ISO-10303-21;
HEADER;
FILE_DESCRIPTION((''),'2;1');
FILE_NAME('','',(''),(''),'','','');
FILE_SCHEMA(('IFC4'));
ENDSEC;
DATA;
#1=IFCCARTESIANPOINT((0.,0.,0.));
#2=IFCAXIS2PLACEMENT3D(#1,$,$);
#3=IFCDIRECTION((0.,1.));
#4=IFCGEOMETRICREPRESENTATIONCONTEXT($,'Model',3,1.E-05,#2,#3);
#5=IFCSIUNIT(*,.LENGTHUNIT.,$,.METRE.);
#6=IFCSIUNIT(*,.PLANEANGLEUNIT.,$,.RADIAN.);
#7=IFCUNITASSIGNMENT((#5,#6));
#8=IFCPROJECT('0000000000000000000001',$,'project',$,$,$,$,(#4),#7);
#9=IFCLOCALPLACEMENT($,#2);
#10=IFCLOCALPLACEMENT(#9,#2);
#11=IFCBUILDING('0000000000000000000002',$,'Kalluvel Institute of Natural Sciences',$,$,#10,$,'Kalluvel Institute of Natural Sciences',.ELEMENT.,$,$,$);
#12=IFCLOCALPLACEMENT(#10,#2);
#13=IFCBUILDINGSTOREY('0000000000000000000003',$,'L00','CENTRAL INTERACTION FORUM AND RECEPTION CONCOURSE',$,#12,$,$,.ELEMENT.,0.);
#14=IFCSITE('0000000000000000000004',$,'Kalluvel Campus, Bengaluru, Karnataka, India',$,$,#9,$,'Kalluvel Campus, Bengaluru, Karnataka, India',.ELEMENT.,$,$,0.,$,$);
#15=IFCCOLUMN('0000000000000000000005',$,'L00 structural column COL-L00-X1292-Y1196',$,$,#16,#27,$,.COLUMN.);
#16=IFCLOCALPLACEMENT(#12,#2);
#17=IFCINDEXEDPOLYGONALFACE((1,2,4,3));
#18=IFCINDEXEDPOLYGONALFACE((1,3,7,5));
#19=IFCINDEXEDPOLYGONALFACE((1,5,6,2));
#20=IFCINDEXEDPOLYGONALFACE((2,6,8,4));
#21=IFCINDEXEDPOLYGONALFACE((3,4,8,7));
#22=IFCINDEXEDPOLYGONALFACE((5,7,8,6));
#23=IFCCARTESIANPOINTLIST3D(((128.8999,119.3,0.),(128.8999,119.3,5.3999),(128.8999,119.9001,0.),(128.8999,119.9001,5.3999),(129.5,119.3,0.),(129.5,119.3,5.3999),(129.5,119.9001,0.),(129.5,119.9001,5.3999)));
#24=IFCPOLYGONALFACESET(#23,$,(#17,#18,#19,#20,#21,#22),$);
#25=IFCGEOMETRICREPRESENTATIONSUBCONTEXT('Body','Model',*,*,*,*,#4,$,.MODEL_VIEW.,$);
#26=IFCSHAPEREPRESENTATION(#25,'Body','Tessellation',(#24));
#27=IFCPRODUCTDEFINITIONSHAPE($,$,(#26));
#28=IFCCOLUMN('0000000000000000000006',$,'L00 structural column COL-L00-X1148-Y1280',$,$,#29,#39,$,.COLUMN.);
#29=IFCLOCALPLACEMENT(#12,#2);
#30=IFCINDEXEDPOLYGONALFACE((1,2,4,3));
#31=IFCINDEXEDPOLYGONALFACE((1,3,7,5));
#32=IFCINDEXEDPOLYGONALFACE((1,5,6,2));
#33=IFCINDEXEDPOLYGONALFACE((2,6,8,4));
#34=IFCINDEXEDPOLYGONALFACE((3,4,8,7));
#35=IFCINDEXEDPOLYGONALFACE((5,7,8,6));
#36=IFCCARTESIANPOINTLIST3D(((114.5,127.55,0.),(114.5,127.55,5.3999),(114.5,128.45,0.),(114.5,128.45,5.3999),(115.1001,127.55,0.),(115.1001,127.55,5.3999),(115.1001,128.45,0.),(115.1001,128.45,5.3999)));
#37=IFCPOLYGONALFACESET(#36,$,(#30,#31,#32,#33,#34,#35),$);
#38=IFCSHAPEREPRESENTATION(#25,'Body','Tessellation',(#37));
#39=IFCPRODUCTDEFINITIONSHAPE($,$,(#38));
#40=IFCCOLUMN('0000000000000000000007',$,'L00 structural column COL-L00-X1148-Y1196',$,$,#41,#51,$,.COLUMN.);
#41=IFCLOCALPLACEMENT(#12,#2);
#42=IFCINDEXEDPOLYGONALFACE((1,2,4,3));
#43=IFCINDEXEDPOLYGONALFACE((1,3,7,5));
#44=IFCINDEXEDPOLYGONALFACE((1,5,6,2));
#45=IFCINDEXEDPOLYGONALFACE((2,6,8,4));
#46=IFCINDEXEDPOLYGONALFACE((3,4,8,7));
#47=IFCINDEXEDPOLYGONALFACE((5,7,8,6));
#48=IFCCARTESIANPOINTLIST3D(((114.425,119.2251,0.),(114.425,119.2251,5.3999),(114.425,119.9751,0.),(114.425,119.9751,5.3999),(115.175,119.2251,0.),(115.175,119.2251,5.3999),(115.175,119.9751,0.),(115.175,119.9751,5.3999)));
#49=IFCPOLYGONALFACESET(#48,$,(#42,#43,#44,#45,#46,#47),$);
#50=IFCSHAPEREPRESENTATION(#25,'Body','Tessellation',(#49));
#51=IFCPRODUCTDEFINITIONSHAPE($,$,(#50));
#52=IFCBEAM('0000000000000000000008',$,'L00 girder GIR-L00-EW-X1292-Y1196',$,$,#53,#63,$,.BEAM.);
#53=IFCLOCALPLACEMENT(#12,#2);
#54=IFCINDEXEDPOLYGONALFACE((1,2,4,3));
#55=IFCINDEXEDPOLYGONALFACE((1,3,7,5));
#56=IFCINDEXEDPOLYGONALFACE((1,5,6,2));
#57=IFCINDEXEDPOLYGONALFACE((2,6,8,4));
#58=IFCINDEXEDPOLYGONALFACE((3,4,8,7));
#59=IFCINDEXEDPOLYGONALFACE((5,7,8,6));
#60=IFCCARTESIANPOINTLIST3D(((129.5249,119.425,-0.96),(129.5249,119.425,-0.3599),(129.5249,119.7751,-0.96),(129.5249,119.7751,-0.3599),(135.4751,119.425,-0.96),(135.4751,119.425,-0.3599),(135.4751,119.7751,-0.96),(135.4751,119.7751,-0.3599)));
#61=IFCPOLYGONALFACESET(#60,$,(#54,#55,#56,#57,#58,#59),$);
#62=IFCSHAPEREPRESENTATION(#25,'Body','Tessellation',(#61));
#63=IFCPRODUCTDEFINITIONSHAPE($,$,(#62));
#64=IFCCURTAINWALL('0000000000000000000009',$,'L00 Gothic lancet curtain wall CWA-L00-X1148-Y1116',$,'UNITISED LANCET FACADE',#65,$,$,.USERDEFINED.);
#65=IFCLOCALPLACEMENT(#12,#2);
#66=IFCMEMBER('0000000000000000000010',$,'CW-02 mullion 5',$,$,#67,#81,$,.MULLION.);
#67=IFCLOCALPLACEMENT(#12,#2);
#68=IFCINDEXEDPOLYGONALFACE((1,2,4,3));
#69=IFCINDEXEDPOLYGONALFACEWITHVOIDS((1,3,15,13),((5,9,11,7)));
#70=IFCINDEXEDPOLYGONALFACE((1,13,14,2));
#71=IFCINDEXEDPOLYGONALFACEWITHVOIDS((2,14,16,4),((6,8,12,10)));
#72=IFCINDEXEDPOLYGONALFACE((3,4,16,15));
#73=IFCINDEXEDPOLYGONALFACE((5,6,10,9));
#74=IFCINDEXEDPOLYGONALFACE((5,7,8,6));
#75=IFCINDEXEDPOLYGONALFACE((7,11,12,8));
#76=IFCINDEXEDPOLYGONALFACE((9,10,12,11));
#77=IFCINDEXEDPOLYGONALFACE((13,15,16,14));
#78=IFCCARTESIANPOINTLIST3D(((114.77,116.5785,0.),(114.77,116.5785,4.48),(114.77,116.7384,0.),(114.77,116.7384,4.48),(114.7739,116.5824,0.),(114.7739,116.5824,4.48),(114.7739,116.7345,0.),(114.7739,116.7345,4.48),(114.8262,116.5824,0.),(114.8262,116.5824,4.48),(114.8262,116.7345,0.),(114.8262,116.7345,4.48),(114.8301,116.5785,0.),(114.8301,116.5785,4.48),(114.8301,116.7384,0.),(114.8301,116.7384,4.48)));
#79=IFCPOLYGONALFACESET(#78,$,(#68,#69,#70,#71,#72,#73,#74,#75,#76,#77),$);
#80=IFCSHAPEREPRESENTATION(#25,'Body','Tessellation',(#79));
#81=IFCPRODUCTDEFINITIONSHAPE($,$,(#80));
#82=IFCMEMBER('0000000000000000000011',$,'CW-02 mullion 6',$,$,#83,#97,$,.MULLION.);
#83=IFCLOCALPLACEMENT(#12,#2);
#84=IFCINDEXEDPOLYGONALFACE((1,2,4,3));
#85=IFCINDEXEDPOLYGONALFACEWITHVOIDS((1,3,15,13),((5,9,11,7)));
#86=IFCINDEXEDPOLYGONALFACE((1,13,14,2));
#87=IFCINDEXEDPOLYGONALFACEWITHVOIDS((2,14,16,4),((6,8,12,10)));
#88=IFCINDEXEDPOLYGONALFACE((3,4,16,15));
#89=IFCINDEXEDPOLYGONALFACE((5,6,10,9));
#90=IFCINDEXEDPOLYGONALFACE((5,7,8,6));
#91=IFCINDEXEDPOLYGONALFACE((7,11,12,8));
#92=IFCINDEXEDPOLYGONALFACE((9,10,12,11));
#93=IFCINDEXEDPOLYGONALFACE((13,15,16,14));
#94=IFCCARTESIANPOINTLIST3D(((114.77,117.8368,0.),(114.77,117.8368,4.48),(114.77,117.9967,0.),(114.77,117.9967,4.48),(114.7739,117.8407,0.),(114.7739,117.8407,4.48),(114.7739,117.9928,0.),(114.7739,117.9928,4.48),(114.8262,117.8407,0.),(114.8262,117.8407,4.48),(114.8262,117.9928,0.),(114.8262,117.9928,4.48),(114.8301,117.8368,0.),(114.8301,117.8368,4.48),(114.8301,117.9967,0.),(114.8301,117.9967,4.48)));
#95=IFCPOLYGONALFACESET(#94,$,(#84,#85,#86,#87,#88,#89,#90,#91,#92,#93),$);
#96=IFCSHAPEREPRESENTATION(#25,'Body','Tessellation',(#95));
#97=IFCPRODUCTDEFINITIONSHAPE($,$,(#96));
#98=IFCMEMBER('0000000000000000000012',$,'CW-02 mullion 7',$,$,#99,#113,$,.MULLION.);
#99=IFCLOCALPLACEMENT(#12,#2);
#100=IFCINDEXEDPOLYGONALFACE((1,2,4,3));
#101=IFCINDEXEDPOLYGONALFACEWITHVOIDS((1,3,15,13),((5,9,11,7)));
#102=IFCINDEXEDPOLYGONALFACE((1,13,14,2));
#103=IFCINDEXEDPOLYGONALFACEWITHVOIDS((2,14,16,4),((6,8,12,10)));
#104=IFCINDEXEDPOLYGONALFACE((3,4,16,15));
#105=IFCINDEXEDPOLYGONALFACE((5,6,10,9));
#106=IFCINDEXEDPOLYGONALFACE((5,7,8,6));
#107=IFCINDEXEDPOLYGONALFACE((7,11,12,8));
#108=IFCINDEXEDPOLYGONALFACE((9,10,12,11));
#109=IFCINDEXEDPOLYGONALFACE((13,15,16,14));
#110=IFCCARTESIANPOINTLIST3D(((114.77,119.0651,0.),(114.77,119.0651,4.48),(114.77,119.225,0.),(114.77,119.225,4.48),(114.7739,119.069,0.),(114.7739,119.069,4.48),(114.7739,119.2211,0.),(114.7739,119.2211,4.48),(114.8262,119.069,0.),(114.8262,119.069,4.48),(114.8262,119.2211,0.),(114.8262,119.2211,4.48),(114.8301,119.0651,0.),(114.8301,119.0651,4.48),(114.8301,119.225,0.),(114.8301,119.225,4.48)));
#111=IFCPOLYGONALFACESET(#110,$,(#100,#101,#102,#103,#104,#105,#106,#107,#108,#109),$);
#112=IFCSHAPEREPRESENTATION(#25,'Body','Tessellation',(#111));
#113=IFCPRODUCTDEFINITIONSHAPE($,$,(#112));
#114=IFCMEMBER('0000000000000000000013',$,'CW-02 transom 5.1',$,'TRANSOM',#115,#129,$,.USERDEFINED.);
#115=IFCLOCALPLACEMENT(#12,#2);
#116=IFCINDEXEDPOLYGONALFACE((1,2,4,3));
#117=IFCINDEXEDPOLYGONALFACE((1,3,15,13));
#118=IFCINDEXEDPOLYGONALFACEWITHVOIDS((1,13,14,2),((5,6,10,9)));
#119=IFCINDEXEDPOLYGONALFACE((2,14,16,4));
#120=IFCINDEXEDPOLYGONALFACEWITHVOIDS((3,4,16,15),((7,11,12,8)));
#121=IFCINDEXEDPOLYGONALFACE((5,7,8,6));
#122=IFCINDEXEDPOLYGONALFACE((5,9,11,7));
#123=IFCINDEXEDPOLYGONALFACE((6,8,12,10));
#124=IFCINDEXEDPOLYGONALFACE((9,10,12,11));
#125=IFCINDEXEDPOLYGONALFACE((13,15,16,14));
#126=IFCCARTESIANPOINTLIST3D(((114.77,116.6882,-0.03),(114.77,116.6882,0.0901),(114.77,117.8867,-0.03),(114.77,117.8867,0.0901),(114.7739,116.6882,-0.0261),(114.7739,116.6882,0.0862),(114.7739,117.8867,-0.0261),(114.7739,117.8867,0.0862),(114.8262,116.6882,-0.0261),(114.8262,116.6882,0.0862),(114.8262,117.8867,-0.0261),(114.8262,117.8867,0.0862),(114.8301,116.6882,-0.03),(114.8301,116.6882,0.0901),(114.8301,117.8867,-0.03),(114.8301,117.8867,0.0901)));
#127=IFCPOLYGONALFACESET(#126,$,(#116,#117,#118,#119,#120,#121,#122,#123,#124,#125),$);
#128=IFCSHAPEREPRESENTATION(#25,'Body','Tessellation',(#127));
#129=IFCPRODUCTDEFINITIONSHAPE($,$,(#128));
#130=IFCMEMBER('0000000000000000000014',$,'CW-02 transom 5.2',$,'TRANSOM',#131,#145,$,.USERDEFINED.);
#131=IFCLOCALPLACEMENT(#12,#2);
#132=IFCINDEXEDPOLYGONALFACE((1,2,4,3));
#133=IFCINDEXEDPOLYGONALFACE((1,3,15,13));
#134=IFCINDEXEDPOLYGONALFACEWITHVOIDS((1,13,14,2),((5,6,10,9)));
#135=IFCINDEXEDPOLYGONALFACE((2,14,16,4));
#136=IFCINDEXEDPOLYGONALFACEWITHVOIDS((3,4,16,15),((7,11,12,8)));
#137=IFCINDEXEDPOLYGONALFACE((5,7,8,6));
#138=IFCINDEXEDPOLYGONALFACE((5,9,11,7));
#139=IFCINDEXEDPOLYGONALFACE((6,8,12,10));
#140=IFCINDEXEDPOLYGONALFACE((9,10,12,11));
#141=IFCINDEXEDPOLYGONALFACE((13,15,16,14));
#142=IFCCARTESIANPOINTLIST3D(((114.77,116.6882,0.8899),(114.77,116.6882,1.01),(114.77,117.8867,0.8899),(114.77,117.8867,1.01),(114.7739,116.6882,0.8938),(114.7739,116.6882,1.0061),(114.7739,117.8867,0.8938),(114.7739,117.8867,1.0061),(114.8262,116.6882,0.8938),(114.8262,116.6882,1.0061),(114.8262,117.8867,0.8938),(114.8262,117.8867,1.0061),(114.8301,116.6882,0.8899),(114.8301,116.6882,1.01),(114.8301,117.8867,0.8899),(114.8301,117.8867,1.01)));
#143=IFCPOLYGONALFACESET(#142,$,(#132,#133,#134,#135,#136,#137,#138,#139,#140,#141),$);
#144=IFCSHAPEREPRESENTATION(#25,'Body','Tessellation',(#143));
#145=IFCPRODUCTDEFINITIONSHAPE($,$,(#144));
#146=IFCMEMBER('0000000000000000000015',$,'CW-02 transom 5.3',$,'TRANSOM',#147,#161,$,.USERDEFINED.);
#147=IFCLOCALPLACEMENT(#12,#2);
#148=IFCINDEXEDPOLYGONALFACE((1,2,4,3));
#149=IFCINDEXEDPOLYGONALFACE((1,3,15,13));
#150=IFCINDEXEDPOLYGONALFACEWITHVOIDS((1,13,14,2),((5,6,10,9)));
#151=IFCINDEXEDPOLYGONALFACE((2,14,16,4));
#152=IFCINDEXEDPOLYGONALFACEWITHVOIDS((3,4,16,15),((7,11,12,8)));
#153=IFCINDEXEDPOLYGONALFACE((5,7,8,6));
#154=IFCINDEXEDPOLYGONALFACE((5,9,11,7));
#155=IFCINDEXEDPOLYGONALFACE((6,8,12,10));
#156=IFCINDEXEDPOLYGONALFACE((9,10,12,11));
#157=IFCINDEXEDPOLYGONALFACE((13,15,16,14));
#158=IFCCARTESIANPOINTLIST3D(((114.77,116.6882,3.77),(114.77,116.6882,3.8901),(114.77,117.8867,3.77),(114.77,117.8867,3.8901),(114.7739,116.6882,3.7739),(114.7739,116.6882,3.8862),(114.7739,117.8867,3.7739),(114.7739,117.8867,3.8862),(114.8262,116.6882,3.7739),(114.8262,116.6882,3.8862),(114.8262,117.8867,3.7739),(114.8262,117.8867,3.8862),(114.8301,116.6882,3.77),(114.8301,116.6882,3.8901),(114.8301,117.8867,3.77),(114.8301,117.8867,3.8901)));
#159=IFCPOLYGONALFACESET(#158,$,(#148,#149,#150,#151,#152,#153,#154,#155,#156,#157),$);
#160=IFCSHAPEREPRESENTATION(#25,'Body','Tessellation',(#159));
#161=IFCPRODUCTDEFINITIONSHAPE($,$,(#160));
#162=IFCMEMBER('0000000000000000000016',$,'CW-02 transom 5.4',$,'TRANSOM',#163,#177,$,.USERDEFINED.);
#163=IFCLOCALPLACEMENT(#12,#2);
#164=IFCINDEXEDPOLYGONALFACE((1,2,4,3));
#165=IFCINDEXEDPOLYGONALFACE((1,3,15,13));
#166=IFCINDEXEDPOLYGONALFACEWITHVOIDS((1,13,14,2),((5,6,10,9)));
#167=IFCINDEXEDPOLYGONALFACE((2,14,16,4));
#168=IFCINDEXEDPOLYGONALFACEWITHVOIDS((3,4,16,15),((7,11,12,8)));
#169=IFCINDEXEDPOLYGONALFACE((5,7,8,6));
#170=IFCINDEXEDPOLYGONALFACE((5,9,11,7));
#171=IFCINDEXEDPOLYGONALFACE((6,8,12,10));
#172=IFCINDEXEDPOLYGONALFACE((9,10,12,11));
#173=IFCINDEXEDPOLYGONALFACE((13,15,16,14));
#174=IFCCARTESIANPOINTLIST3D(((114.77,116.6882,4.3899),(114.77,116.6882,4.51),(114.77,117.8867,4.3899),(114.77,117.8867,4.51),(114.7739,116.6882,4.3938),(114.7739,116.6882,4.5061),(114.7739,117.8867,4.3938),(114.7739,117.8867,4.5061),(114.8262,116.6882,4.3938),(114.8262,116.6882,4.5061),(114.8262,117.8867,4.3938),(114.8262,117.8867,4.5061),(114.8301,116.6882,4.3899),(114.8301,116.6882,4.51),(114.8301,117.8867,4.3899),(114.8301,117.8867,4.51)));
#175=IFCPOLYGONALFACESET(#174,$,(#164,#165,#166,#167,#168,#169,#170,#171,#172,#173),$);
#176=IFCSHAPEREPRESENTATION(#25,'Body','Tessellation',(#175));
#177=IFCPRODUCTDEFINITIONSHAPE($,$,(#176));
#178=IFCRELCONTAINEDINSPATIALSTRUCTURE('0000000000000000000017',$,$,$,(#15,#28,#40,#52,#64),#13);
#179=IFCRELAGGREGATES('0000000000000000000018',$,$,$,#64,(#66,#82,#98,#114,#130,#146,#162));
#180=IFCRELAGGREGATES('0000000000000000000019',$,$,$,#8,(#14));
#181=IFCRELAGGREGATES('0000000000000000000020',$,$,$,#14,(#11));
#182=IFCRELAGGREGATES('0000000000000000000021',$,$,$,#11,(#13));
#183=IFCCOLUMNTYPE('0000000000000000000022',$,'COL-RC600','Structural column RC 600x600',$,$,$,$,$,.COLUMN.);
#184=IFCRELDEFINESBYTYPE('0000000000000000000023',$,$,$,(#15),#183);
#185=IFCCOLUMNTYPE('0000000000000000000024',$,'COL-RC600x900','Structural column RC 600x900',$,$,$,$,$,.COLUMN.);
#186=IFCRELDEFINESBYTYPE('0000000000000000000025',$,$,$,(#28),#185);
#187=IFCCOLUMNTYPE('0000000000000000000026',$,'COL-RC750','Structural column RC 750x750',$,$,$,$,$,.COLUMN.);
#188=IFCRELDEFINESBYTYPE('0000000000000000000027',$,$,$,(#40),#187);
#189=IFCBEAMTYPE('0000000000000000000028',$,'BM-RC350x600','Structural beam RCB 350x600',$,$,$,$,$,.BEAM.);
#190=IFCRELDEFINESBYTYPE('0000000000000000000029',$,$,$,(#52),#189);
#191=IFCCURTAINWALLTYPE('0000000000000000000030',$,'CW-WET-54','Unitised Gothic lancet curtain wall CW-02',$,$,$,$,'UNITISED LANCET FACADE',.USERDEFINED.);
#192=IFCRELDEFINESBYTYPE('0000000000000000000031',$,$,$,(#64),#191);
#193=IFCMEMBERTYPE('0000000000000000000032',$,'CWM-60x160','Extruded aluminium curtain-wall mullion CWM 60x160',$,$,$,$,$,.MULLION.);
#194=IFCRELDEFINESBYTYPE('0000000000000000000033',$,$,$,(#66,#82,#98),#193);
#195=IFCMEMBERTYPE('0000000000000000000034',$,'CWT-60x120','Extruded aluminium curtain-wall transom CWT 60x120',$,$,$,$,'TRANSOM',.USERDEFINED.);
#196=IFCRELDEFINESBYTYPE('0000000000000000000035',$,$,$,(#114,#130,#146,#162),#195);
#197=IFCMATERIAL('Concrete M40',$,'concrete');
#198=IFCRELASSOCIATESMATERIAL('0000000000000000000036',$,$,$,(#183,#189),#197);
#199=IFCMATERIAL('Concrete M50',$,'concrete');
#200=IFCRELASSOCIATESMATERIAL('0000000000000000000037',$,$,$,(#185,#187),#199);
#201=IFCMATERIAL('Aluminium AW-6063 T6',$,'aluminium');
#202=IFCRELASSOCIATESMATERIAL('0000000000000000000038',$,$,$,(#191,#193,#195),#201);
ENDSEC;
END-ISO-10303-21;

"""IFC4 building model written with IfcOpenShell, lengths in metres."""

from ifc_helpers import new_model, si_unit, direction, frame, origin, origin_2d, place, context, subcontext, project, spatial, rectangle, hollow_rectangle, extrude, material, material_profile, profile_set, type_object, element, aggregate, save


model = new_model("IFC4")

# Units and contexts
model_context = context("Model", 3, precision=1e-05, world=origin(), true_north=direction((0.0, 1.0)))
body_context = subcontext(model_context, "Body", "Model", "MODEL_VIEW")
ifc_project = project(units=[si_unit("LENGTHUNIT", "METRE"), si_unit("PLANEANGLEUNIT", "RADIAN")], contexts=[model_context])

# Site, building, storey
site_placement = place(None, origin())
site = spatial("IfcSite", under=ifc_project, at=site_placement, Name="Kalluvel Campus, Bengaluru, Karnataka, India", LongName="Kalluvel Campus, Bengaluru, Karnataka, India", CompositionType="ELEMENT", RefElevation=0.0)
building_placement = place(site_placement, origin())
building = spatial("IfcBuilding", under=site, at=building_placement, Name="Kalluvel Institute of Natural Sciences", LongName="Kalluvel Institute of Natural Sciences", CompositionType="ELEMENT")
storey_placement = place(building_placement, origin())
storey = spatial("IfcBuildingStorey", under=building, at=storey_placement, Name="L00", Description="CENTRAL INTERACTION FORUM AND RECEPTION CONCOURSE", CompositionType="ELEMENT", Elevation=0.0)

# Columns
ifc_material_1 = material(Name="Concrete M40", Category="concrete")
ifc_material_profile_1 = material_profile(ifc_material_1, rectangle(XDim=0.6001, YDim=0.6001, at=origin_2d()), Name="RC 600x600")
ifc_profile_set_1 = profile_set([ifc_material_profile_1], Name="Concrete M40")
column_type_1 = type_object("IfcColumnType", Name="COL-RC600", Description="Structural column RC 600x600", PredefinedType="COLUMN", material=ifc_profile_set_1)
column_1_placement = place(storey_placement, frame((129.2, 119.6001, 0.0), z_axis=(0.0, 0.0, 1.0), x_axis=(1.0, 0.0, 0.0)))
element("IfcColumn", 1, at=column_1_placement, inside=storey, type_object=column_type_1, Name="L00 structural column COL-L00-X1292-Y1196", PredefinedType="COLUMN", context=body_context, shape_type="SweptSolid", body=[
    extrude(rectangle(XDim=0.6001, YDim=0.6001, at=origin_2d()), origin(), (0.0, 0.0, 1.0), 5.3999),
])
ifc_material_2 = material(Name="Concrete M50", Category="concrete")
ifc_material_profile_2 = material_profile(ifc_material_2, rectangle(XDim=0.6001, YDim=0.8999, at=origin_2d()), Name="RC 600x900")
ifc_profile_set_2 = profile_set([ifc_material_profile_2], Name="Concrete M50")
column_type_2 = type_object("IfcColumnType", Name="COL-RC600x900", Description="Structural column RC 600x900", PredefinedType="COLUMN", material=ifc_profile_set_2)
column_2_placement = place(storey_placement, frame((114.8, 128.0, 0.0), z_axis=(0.0, 0.0, 1.0), x_axis=(1.0, 0.0, 0.0)))
element("IfcColumn", 2, at=column_2_placement, inside=storey, type_object=column_type_2, Name="L00 structural column COL-L00-X1148-Y1280", PredefinedType="COLUMN", context=body_context, shape_type="SweptSolid", body=[
    extrude(rectangle(XDim=0.6001, YDim=0.8999, at=origin_2d()), origin(), (0.0, 0.0, 1.0), 5.3999),
])
ifc_material_profile_3 = material_profile(ifc_material_2, rectangle(XDim=0.75, YDim=0.75, at=origin_2d()), Name="RC 750x750")
ifc_profile_set_3 = profile_set([ifc_material_profile_3], Name="Concrete M50")
column_type_3 = type_object("IfcColumnType", Name="COL-RC750", Description="Structural column RC 750x750", PredefinedType="COLUMN", material=ifc_profile_set_3)
column_3_placement = place(storey_placement, frame((114.8, 119.6001, 0.0), z_axis=(0.0, 0.0, 1.0), x_axis=(1.0, 0.0, 0.0)))
element("IfcColumn", 3, at=column_3_placement, inside=storey, type_object=column_type_3, Name="L00 structural column COL-L00-X1148-Y1196", PredefinedType="COLUMN", context=body_context, shape_type="SweptSolid", body=[
    extrude(rectangle(XDim=0.75, YDim=0.75, at=origin_2d()), origin(), (0.0, 0.0, 1.0), 5.3999),
])

# Beam
ifc_material_profile_4 = material_profile(ifc_material_1, rectangle(XDim=0.3501, YDim=0.6001, at=origin_2d()), Name="RCB 350x600")
ifc_profile_set_4 = profile_set([ifc_material_profile_4], Name="Concrete M40")
beam_type = type_object("IfcBeamType", Name="BM-RC350x600", Description="Structural beam RCB 350x600", PredefinedType="BEAM", material=ifc_profile_set_4)
beam_placement = place(storey_placement, frame((129.5249, 119.6001, -0.6599), z_axis=(1.0, 0.0, 0.0), x_axis=(0.0, 1.0, 0.0)))
element("IfcBeam", 4, at=beam_placement, inside=storey, type_object=beam_type, Name="L00 girder GIR-L00-EW-X1292-Y1196", PredefinedType="BEAM", context=body_context, shape_type="SweptSolid", body=[
    extrude(rectangle(XDim=0.3501, YDim=0.6001, at=origin_2d()), origin(), (0.0, 0.0, 1.0), 5.9502),
])

# Curtain wall, members
ifc_material_3 = material(Name="Aluminium AW-6063 T6", Category="aluminium")
curtain_wall_type = type_object("IfcCurtainWallType", Name="CW-WET-54", Description="Unitised Gothic lancet curtain wall CW-02", ElementType="UNITISED LANCET FACADE", PredefinedType="USERDEFINED", material=ifc_material_3)
curtain_wall_placement = place(storey_placement, origin())
curtain_wall = element("IfcCurtainWall", 5, at=curtain_wall_placement, inside=storey, type_object=curtain_wall_type, Name="L00 Gothic lancet curtain wall CWA-L00-X1148-Y1116", ObjectType="UNITISED LANCET FACADE", PredefinedType="USERDEFINED")
ifc_material_profile_5 = material_profile(ifc_material_3, hollow_rectangle(XDim=0.0601, YDim=0.1599, WallThickness=0.0039, at=origin_2d()), Name="CWM 60x160")
ifc_profile_set_5 = profile_set([ifc_material_profile_5], Name="Aluminium AW-6063 T6")
member_type_1 = type_object("IfcMemberType", Name="CWM-60x160", Description="Extruded aluminium curtain-wall mullion CWM 60x160", PredefinedType="MULLION", material=ifc_profile_set_5)
member_1_placement = place(storey_placement, frame((114.8, 116.6584, 0.0), z_axis=(0.0, 0.0, 1.0), x_axis=(-1.0, 0.0, 0.0)))
member_1 = element("IfcMember", 6, at=member_1_placement, type_object=member_type_1, Name="CW-02 mullion 5", PredefinedType="MULLION", context=body_context, shape_type="SweptSolid", body=[
    extrude(hollow_rectangle(XDim=0.0601, YDim=0.1599, WallThickness=0.0039, at=origin_2d()), origin(), (0.0, 0.0, 1.0), 4.48),
])
member_2_placement = place(storey_placement, frame((114.8, 117.9167, 0.0), z_axis=(0.0, 0.0, 1.0), x_axis=(-1.0, 0.0, 0.0)))
member_2 = element("IfcMember", 7, at=member_2_placement, type_object=member_type_1, Name="CW-02 mullion 6", PredefinedType="MULLION", context=body_context, shape_type="SweptSolid", body=[
    extrude(hollow_rectangle(XDim=0.0601, YDim=0.1599, WallThickness=0.0039, at=origin_2d()), origin(), (0.0, 0.0, 1.0), 4.48),
])
member_3_placement = place(storey_placement, frame((114.8, 119.145, 0.0), z_axis=(0.0, 0.0, 1.0), x_axis=(-1.0, 0.0, 0.0)))
member_3 = element("IfcMember", 8, at=member_3_placement, type_object=member_type_1, Name="CW-02 mullion 7", PredefinedType="MULLION", context=body_context, shape_type="SweptSolid", body=[
    extrude(hollow_rectangle(XDim=0.0601, YDim=0.1599, WallThickness=0.0039, at=origin_2d()), origin(), (0.0, 0.0, 1.0), 4.48),
])
ifc_material_profile_6 = material_profile(ifc_material_3, hollow_rectangle(XDim=0.0601, YDim=0.1201, WallThickness=0.0039, at=origin_2d()), Name="CWT 60x120")
ifc_profile_set_6 = profile_set([ifc_material_profile_6], Name="Aluminium AW-6063 T6")
member_type_2 = type_object("IfcMemberType", Name="CWT-60x120", Description="Extruded aluminium curtain-wall transom CWT 60x120", ElementType="TRANSOM", PredefinedType="USERDEFINED", material=ifc_profile_set_6)
member_4_placement = place(storey_placement, frame((114.8, 116.6882, 0.03), z_axis=(0.0, 1.0, 0.0), x_axis=(-1.0, 0.0, 0.0)))
member_4 = element("IfcMember", 9, at=member_4_placement, type_object=member_type_2, Name="CW-02 transom 5.1", ObjectType="TRANSOM", PredefinedType="USERDEFINED", context=body_context, shape_type="SweptSolid", body=[
    extrude(hollow_rectangle(XDim=0.0601, YDim=0.1201, WallThickness=0.0039, at=origin_2d()), origin(), (0.0, 0.0, 1.0), 1.1985),
])
member_5_placement = place(storey_placement, frame((114.8, 116.6882, 0.95), z_axis=(0.0, 1.0, 0.0), x_axis=(-1.0, 0.0, 0.0)))
member_5 = element("IfcMember", 10, at=member_5_placement, type_object=member_type_2, Name="CW-02 transom 5.2", ObjectType="TRANSOM", PredefinedType="USERDEFINED", context=body_context, shape_type="SweptSolid", body=[
    extrude(hollow_rectangle(XDim=0.0601, YDim=0.1201, WallThickness=0.0039, at=origin_2d()), origin(), (0.0, 0.0, 1.0), 1.1985),
])
member_6_placement = place(storey_placement, frame((114.8, 116.6882, 3.8301), z_axis=(0.0, 1.0, 0.0), x_axis=(-1.0, 0.0, 0.0)))
member_6 = element("IfcMember", 11, at=member_6_placement, type_object=member_type_2, Name="CW-02 transom 5.3", ObjectType="TRANSOM", PredefinedType="USERDEFINED", context=body_context, shape_type="SweptSolid", body=[
    extrude(hollow_rectangle(XDim=0.0601, YDim=0.1201, WallThickness=0.0039, at=origin_2d()), origin(), (0.0, 0.0, 1.0), 1.1985),
])
member_7_placement = place(storey_placement, frame((114.8, 116.6882, 4.45), z_axis=(0.0, 1.0, 0.0), x_axis=(-1.0, 0.0, 0.0)))
member_7 = element("IfcMember", 12, at=member_7_placement, type_object=member_type_2, Name="CW-02 transom 5.4", ObjectType="TRANSOM", PredefinedType="USERDEFINED", context=body_context, shape_type="SweptSolid", body=[
    extrude(hollow_rectangle(XDim=0.0601, YDim=0.1201, WallThickness=0.0039, at=origin_2d()), origin(), (0.0, 0.0, 1.0), 1.1985),
])
aggregate(curtain_wall, [member_1, member_2, member_3, member_4, member_5, member_6, member_7])

save(model, "model.ifc")
